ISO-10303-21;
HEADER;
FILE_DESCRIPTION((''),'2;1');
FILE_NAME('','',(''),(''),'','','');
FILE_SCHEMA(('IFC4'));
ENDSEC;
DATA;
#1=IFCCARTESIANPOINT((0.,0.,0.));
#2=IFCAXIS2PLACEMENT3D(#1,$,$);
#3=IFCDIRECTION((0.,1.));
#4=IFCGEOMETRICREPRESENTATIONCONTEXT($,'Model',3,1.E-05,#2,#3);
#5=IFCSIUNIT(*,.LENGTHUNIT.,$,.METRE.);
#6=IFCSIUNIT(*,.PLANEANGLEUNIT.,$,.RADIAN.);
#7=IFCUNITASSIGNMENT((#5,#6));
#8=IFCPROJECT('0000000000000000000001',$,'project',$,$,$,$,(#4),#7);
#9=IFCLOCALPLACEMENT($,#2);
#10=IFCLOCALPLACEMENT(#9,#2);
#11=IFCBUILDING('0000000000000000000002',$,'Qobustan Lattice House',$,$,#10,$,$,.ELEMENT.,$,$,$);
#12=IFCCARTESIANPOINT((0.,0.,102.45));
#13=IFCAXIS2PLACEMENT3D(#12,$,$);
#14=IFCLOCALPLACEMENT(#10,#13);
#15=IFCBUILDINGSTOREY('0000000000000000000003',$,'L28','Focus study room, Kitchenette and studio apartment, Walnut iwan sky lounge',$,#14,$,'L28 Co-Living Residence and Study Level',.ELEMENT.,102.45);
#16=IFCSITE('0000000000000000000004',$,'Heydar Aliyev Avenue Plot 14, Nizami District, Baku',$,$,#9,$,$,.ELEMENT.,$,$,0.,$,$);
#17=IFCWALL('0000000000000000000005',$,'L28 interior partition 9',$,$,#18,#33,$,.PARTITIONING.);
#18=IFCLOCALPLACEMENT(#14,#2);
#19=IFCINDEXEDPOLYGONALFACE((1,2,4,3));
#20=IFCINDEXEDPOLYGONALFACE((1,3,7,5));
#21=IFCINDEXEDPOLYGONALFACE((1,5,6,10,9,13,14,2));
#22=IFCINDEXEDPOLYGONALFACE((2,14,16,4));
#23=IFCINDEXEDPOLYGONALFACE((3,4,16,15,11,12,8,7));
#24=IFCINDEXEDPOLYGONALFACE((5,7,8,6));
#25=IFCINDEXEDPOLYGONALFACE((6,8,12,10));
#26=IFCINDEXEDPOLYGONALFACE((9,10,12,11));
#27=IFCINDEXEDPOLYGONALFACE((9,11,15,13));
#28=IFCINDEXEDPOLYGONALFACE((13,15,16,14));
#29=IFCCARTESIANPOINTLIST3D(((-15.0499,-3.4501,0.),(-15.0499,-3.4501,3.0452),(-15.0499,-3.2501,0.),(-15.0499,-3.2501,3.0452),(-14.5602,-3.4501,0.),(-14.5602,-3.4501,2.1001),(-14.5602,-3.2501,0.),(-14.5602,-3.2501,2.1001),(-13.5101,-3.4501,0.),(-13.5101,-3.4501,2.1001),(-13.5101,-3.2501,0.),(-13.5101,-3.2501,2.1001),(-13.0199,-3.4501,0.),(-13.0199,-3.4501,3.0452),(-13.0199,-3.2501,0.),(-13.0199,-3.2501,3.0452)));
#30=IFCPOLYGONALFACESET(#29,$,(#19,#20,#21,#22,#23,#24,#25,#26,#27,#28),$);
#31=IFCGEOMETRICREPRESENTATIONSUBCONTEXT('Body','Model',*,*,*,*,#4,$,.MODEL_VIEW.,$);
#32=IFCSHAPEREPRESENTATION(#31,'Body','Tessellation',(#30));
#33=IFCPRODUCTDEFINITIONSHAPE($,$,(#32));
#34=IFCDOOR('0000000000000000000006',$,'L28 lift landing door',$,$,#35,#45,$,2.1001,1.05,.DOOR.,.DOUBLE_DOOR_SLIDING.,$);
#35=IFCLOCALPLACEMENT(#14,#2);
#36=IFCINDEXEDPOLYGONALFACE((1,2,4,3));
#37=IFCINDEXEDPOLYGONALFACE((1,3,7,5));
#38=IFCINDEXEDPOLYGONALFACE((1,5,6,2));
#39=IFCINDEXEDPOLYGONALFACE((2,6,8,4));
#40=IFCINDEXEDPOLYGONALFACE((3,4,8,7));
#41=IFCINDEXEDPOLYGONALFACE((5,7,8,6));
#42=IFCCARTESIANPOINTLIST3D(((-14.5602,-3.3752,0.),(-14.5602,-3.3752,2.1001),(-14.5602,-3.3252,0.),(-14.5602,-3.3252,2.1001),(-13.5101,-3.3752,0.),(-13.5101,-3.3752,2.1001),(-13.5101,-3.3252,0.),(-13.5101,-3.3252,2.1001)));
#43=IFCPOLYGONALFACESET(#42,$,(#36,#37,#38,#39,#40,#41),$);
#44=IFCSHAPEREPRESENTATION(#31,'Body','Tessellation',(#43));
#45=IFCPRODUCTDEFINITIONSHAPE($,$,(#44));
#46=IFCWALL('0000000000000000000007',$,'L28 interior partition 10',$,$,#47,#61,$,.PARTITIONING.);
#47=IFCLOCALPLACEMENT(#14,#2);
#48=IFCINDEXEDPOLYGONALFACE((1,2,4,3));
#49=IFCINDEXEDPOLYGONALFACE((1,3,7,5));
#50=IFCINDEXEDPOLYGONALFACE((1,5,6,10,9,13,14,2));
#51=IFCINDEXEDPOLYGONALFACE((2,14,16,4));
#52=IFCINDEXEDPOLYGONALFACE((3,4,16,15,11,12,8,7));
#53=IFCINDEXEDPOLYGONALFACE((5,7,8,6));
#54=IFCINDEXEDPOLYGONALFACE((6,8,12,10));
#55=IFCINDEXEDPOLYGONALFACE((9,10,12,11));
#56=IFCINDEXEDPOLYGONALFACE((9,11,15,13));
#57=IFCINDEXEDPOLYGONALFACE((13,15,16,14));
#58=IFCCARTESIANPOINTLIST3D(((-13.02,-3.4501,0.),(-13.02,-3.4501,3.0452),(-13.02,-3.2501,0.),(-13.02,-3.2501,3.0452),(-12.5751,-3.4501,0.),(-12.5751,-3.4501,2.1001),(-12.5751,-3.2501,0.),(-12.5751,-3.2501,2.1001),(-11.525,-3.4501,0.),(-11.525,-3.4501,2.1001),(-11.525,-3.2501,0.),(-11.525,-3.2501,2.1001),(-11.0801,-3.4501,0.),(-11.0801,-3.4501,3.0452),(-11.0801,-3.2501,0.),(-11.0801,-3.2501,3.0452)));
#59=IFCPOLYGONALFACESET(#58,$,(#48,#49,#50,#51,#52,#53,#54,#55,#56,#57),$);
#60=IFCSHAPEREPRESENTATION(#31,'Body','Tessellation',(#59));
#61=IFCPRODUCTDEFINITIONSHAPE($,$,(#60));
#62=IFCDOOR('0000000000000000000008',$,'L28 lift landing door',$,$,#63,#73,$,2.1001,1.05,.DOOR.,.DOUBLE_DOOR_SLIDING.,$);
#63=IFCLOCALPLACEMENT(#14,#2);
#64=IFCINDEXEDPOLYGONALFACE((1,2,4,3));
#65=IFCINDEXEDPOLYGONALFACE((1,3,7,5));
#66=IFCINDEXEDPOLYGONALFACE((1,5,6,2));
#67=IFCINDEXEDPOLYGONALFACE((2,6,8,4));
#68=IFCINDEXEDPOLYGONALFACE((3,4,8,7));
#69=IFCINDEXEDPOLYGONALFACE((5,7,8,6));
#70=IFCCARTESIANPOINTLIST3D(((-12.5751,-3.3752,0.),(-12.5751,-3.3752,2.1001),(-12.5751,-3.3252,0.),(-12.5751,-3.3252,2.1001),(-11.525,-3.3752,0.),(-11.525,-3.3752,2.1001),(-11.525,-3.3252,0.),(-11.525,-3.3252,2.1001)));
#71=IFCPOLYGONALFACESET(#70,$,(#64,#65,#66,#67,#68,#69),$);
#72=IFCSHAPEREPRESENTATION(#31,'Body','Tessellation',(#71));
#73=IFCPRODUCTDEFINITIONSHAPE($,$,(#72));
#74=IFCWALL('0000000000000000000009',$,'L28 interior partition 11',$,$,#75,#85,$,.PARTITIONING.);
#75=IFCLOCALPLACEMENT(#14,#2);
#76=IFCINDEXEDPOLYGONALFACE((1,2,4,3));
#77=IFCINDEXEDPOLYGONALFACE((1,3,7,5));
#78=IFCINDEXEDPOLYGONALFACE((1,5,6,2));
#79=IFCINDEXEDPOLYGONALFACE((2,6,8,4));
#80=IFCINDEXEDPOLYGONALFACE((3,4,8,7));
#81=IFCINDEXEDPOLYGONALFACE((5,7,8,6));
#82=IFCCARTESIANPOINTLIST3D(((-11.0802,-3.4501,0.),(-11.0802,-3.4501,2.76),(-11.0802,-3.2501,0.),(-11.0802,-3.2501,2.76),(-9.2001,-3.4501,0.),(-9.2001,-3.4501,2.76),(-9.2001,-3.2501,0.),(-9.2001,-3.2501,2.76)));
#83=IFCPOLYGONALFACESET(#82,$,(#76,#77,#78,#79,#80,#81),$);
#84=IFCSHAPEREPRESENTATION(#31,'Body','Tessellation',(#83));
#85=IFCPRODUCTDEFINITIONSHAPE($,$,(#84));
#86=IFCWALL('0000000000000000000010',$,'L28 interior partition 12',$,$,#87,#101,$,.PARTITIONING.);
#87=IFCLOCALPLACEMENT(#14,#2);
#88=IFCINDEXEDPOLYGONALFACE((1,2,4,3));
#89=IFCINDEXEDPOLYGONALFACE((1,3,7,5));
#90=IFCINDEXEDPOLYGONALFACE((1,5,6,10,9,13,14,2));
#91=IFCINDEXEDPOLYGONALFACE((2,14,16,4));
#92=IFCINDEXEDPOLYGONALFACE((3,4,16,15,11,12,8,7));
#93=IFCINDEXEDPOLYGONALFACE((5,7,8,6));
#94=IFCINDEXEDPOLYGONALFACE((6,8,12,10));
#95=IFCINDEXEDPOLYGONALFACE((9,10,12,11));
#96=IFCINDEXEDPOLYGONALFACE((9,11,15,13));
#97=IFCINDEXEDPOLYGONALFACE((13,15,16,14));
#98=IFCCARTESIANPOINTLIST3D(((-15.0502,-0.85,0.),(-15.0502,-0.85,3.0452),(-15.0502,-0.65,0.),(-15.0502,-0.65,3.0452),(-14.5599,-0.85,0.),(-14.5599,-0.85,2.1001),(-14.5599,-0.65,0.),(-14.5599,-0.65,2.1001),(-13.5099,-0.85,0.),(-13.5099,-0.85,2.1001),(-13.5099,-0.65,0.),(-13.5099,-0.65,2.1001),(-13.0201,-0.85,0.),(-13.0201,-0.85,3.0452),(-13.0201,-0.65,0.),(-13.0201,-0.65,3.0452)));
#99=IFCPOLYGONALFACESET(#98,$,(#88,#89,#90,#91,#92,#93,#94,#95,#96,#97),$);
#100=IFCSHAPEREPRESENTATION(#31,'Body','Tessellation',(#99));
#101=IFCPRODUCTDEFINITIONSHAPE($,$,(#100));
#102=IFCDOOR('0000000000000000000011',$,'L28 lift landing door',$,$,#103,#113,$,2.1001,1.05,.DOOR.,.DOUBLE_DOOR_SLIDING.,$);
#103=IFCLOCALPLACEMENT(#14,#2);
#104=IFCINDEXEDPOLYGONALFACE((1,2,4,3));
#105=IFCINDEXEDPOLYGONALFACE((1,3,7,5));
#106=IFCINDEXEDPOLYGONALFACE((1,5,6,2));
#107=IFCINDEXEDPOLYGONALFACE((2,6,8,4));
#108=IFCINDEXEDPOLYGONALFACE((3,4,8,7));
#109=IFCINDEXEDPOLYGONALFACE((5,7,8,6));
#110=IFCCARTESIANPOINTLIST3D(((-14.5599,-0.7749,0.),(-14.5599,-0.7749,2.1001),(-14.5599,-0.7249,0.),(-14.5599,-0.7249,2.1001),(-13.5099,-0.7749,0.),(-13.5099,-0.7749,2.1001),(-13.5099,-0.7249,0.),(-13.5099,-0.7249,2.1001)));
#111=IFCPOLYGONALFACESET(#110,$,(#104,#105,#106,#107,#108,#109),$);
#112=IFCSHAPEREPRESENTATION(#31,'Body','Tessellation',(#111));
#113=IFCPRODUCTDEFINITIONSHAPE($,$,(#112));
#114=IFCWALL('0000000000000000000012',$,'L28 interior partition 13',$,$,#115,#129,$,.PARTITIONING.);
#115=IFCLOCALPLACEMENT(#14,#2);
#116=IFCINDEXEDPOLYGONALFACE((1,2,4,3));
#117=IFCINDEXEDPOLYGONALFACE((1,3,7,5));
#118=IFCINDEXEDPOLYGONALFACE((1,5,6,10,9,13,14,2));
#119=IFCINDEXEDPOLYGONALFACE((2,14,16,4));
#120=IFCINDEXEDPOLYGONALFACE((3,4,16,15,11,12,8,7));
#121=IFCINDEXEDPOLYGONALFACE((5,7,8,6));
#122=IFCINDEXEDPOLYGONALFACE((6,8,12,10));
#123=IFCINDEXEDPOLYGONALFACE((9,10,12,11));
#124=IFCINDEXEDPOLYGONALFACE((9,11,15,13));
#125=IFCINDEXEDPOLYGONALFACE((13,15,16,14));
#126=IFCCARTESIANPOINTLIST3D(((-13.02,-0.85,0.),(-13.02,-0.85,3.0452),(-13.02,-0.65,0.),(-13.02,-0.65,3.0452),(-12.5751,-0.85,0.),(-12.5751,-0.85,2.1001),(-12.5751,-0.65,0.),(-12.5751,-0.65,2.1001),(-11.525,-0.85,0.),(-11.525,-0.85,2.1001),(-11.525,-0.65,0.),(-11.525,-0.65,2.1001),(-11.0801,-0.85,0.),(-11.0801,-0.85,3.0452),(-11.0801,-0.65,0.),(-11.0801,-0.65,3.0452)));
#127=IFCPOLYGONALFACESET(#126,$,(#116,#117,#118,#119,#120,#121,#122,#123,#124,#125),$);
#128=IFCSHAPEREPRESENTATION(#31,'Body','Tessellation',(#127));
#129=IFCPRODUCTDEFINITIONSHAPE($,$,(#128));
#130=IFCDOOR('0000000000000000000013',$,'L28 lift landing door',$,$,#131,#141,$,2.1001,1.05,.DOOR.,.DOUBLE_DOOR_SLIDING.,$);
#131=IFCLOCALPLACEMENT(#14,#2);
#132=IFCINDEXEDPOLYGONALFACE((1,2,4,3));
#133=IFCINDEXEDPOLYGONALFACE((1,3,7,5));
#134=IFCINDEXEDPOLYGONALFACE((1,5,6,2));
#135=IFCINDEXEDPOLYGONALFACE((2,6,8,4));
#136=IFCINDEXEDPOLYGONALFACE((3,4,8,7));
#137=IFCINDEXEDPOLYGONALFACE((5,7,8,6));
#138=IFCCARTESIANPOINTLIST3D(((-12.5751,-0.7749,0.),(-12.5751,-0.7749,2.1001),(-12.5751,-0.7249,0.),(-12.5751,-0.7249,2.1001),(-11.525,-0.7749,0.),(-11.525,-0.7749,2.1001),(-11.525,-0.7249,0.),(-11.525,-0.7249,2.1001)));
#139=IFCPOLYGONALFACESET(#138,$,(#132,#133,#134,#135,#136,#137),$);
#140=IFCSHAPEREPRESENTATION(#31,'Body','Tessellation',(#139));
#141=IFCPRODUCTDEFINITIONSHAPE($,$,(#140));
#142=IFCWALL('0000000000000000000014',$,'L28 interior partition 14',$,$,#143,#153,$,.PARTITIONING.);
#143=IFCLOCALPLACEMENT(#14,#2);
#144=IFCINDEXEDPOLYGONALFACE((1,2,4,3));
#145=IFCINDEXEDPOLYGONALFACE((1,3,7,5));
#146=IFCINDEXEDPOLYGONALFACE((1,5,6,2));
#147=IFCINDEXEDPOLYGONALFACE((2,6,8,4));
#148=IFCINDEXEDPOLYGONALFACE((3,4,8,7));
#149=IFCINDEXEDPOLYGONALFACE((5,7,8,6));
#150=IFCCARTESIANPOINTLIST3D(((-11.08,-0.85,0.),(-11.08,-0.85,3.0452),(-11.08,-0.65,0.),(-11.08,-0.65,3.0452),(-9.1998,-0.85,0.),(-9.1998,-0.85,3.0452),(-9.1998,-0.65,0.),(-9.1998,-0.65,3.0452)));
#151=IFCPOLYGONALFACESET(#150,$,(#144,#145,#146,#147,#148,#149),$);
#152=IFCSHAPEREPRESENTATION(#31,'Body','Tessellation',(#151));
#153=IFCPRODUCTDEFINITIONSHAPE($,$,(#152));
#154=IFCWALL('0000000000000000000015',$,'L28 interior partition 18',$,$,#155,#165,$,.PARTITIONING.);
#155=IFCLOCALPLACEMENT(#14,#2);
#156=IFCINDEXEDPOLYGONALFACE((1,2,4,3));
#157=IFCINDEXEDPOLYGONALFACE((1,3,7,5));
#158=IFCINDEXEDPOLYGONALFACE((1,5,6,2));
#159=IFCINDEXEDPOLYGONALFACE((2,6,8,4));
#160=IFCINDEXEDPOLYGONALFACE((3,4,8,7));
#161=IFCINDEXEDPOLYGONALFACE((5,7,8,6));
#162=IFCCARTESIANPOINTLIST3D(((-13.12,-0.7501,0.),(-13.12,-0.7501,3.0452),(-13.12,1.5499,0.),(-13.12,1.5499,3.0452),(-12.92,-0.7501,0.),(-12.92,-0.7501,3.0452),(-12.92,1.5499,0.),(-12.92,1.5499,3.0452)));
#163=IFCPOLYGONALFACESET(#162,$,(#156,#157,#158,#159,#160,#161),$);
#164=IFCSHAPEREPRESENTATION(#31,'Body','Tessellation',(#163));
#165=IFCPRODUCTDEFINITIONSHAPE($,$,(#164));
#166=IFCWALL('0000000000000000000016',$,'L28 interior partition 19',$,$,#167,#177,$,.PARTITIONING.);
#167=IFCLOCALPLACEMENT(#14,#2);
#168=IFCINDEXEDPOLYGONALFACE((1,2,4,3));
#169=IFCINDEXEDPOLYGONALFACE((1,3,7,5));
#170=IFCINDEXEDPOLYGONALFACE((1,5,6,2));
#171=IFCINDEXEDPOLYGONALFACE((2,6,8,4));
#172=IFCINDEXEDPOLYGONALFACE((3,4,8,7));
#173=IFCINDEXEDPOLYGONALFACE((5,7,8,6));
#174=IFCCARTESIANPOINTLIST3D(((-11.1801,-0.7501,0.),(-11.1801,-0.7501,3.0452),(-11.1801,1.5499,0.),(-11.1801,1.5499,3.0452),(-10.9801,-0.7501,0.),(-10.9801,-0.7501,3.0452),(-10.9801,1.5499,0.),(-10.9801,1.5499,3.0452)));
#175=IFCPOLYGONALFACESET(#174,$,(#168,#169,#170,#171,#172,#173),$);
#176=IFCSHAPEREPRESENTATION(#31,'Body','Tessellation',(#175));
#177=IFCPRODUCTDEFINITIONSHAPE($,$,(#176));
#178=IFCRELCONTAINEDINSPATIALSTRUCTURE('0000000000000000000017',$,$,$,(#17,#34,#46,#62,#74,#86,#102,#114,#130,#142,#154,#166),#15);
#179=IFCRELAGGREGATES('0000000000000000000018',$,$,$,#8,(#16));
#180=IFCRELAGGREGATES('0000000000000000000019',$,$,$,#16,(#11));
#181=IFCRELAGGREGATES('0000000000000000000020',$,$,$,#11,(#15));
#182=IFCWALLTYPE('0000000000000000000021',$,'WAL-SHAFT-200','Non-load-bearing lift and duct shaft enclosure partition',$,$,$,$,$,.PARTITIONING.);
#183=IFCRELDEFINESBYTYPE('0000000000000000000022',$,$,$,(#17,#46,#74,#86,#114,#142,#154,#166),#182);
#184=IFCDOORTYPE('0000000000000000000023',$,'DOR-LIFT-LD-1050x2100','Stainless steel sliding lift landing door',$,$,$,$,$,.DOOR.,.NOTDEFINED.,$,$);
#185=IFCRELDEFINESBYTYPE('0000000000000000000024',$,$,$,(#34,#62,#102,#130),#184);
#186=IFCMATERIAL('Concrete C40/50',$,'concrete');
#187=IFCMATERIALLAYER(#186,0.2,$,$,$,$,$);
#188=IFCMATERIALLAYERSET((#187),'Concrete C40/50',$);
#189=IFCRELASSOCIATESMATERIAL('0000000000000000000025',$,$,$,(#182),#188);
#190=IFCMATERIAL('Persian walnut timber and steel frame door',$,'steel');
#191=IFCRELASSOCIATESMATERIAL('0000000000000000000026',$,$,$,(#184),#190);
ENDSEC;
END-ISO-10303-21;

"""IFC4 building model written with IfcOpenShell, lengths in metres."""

from ifc_helpers import new_model, si_unit, direction, frame, frame_2d, origin, place, context, subcontext, project, spatial, rectangle, extrude, material, layer, layer_set, type_object, element, fill, save


model = new_model("IFC4")

# Units and contexts
model_context = context("Model", 3, precision=1e-05, world=origin(), true_north=direction((0.0, 1.0)))
body_context = subcontext(model_context, "Body", "Model", "MODEL_VIEW")
ifc_project = project(units=[si_unit("LENGTHUNIT", "METRE"), si_unit("PLANEANGLEUNIT", "RADIAN")], contexts=[model_context])

# Site, building, storey
site_placement = place(None, origin())
site = spatial("IfcSite", under=ifc_project, at=site_placement, Name="Heydar Aliyev Avenue Plot 14, Nizami District, Baku", CompositionType="ELEMENT", RefElevation=0.0)
building_placement = place(site_placement, origin())
building = spatial("IfcBuilding", under=site, at=building_placement, Name="Qobustan Lattice House", CompositionType="ELEMENT")
storey_placement = place(building_placement, frame((0.0, 0.0, 102.45)))
storey = spatial("IfcBuildingStorey", under=building, at=storey_placement, Name="L28", Description="Focus study room, Kitchenette and studio apartment, Walnut iwan sky lounge", LongName="L28 Co-Living Residence and Study Level", CompositionType="ELEMENT", Elevation=102.45)

# Walls, openings, doors
ifc_material_1 = material(Name="Concrete C40/50", Category="concrete")
ifc_layer_1 = layer(ifc_material_1, 0.2)
ifc_layer_set_1 = layer_set([ifc_layer_1], Name="Concrete C40/50")
wall_type_1 = type_object("IfcWallType", Name="WAL-SHAFT-200", Description="Non-load-bearing lift and duct shaft enclosure partition", PredefinedType="PARTITIONING", material=ifc_layer_set_1)
wall_1_placement = place(storey_placement, frame((-15.05, -3.3501, 0.0), z_axis=(0.0, 0.0, 1.0), x_axis=(1.0, 0.0, 0.0)))
wall_1 = element("IfcWall", 1, at=wall_1_placement, inside=storey, type_object=wall_type_1, Name="L28 interior partition 9", PredefinedType="PARTITIONING", context=body_context, shape_type="SweptSolid", body=[
    extrude(rectangle(XDim=2.03, YDim=0.2, at=frame_2d((1.0151, 0.0))), origin(), (0.0, 0.0, 1.0), 3.0452),
])
opening_1_placement = place(wall_1_placement, frame((0.49, 0.0, 0.0)))
opening_1 = element("IfcOpeningElement", 2, at=opening_1_placement, cuts=wall_1, PredefinedType="OPENING", context=body_context, shape_type="SweptSolid", body=[
    extrude(rectangle(XDim=1.05, YDim=2.1001, at=frame_2d((0.5249, 1.05))), frame((0.0, 0.1099, 0.0), z_axis=(0.0, -1.0, 0.0), x_axis=(1.0, 0.0, 0.0)), (0.0, 0.0, 1.0), 0.22),
])
ifc_material_2 = material(Name="Persian walnut timber and steel frame door", Category="steel")
door_type_1 = type_object("IfcDoorType", Name="DOR-LIFT-LD-1050x2100", Description="Stainless steel sliding lift landing door", OperationType="NOTDEFINED", PredefinedType="DOOR", material=ifc_material_2)
door_1_placement = place(opening_1_placement, origin())
door_1 = element("IfcDoor", 3, at=door_1_placement, inside=storey, type_object=door_type_1, Name="L28 lift landing door", OperationType="DOUBLE_DOOR_SLIDING", OverallHeight=2.1001, OverallWidth=1.05, PredefinedType="DOOR", context=body_context, shape_type="SweptSolid", body=[
    extrude(rectangle(XDim=1.05, YDim=2.1001, at=frame_2d((0.5249, 1.05))), frame((0.0, 0.0249, 0.0), z_axis=(0.0, -1.0, 0.0), x_axis=(1.0, 0.0, 0.0)), (0.0, 0.0, 1.0), 0.05),
])
fill(opening_1, door_1)
wall_2_placement = place(storey_placement, frame((-13.02, -3.3501, 0.0), z_axis=(0.0, 0.0, 1.0), x_axis=(1.0, 0.0, 0.0)))
wall_2 = element("IfcWall", 4, at=wall_2_placement, inside=storey, type_object=wall_type_1, Name="L28 interior partition 10", PredefinedType="PARTITIONING", context=body_context, shape_type="SweptSolid", body=[
    extrude(rectangle(XDim=1.9399, YDim=0.2, at=frame_2d((0.97, 0.0))), origin(), (0.0, 0.0, 1.0), 3.0452),
])
opening_2_placement = place(wall_2_placement, frame((0.4451, 0.0, 0.0)))
opening_2 = element("IfcOpeningElement", 5, at=opening_2_placement, cuts=wall_2, PredefinedType="OPENING", context=body_context, shape_type="SweptSolid", body=[
    extrude(rectangle(XDim=1.05, YDim=2.1001, at=frame_2d((0.5249, 1.05))), frame((0.0, 0.1099, 0.0), z_axis=(0.0, -1.0, 0.0), x_axis=(1.0, 0.0, 0.0)), (0.0, 0.0, 1.0), 0.22),
])
door_2_placement = place(opening_2_placement, origin())
door_2 = element("IfcDoor", 6, at=door_2_placement, inside=storey, type_object=door_type_1, Name="L28 lift landing door", OperationType="DOUBLE_DOOR_SLIDING", OverallHeight=2.1001, OverallWidth=1.05, PredefinedType="DOOR", context=body_context, shape_type="SweptSolid", body=[
    extrude(rectangle(XDim=1.05, YDim=2.1001, at=frame_2d((0.5249, 1.05))), frame((0.0, 0.0249, 0.0), z_axis=(0.0, -1.0, 0.0), x_axis=(1.0, 0.0, 0.0)), (0.0, 0.0, 1.0), 0.05),
])
fill(opening_2, door_2)

# Wall
wall_3_placement = place(storey_placement, frame((-11.0801, -3.3501, 0.0), z_axis=(0.0, 0.0, 1.0), x_axis=(1.0, 0.0, 0.0)))
element("IfcWall", 7, at=wall_3_placement, inside=storey, type_object=wall_type_1, Name="L28 interior partition 11", PredefinedType="PARTITIONING", context=body_context, shape_type="SweptSolid", body=[
    extrude(rectangle(XDim=1.8801, YDim=0.2, at=frame_2d((0.9399, 0.0))), origin(), (0.0, 0.0, 1.0), 2.76),
])

# Walls, openings, doors
wall_4_placement = place(storey_placement, frame((-13.02, -0.75, 0.0), z_axis=(0.0, 0.0, 1.0), x_axis=(-1.0, 0.0, 0.0)))
wall_4 = element("IfcWall", 8, at=wall_4_placement, inside=storey, type_object=wall_type_1, Name="L28 interior partition 12", PredefinedType="PARTITIONING", context=body_context, shape_type="SweptSolid", body=[
    extrude(rectangle(XDim=2.03, YDim=0.2, at=frame_2d((1.0151, 0.0))), origin(), (0.0, 0.0, 1.0), 3.0452),
])
opening_3_placement = place(wall_4_placement, frame((0.49, 0.0, 0.0)))
opening_3 = element("IfcOpeningElement", 9, at=opening_3_placement, cuts=wall_4, PredefinedType="OPENING", context=body_context, shape_type="SweptSolid", body=[
    extrude(rectangle(XDim=1.05, YDim=2.1001, at=frame_2d((0.5249, 1.05))), frame((0.0, 0.1099, 0.0), z_axis=(0.0, -1.0, 0.0), x_axis=(1.0, 0.0, 0.0)), (0.0, 0.0, 1.0), 0.22),
])
door_3_placement = place(opening_3_placement, origin())
door_3 = element("IfcDoor", 10, at=door_3_placement, inside=storey, type_object=door_type_1, Name="L28 lift landing door", OperationType="DOUBLE_DOOR_SLIDING", OverallHeight=2.1001, OverallWidth=1.05, PredefinedType="DOOR", context=body_context, shape_type="SweptSolid", body=[
    extrude(rectangle(XDim=1.05, YDim=2.1001, at=frame_2d((0.5249, 1.05))), frame((0.0, 0.0249, 0.0), z_axis=(0.0, -1.0, 0.0), x_axis=(1.0, 0.0, 0.0)), (0.0, 0.0, 1.0), 0.05),
])
fill(opening_3, door_3)
wall_5_placement = place(storey_placement, frame((-11.0801, -0.75, 0.0), z_axis=(0.0, 0.0, 1.0), x_axis=(-1.0, 0.0, 0.0)))
wall_5 = element("IfcWall", 11, at=wall_5_placement, inside=storey, type_object=wall_type_1, Name="L28 interior partition 13", PredefinedType="PARTITIONING", context=body_context, shape_type="SweptSolid", body=[
    extrude(rectangle(XDim=1.9399, YDim=0.2, at=frame_2d((0.97, 0.0))), origin(), (0.0, 0.0, 1.0), 3.0452),
])
opening_4_placement = place(wall_5_placement, frame((0.4451, 0.0, 0.0)))
opening_4 = element("IfcOpeningElement", 12, at=opening_4_placement, cuts=wall_5, PredefinedType="OPENING", context=body_context, shape_type="SweptSolid", body=[
    extrude(rectangle(XDim=1.05, YDim=2.1001, at=frame_2d((0.5249, 1.05))), frame((0.0, 0.1099, 0.0), z_axis=(0.0, -1.0, 0.0), x_axis=(1.0, 0.0, 0.0)), (0.0, 0.0, 1.0), 0.22),
])
door_4_placement = place(opening_4_placement, origin())
door_4 = element("IfcDoor", 13, at=door_4_placement, inside=storey, type_object=door_type_1, Name="L28 lift landing door", OperationType="DOUBLE_DOOR_SLIDING", OverallHeight=2.1001, OverallWidth=1.05, PredefinedType="DOOR", context=body_context, shape_type="SweptSolid", body=[
    extrude(rectangle(XDim=1.05, YDim=2.1001, at=frame_2d((0.5249, 1.05))), frame((0.0, 0.0249, 0.0), z_axis=(0.0, -1.0, 0.0), x_axis=(1.0, 0.0, 0.0)), (0.0, 0.0, 1.0), 0.05),
])
fill(opening_4, door_4)

# Walls
wall_6_placement = place(storey_placement, frame((-9.2, -0.75, 0.0), z_axis=(0.0, 0.0, 1.0), x_axis=(-1.0, 0.0, 0.0)))
element("IfcWall", 14, at=wall_6_placement, inside=storey, type_object=wall_type_1, Name="L28 interior partition 14", PredefinedType="PARTITIONING", context=body_context, shape_type="SweptSolid", body=[
    extrude(rectangle(XDim=1.8801, YDim=0.2, at=frame_2d((0.9399, 0.0))), origin(), (0.0, 0.0, 1.0), 3.0452),
])
for number, where, z_axis, x_axis, name in (
    (15, (-13.02, -0.75, 0.0), (0.0, 0.0, 1.0), (0.0, 1.0, 0.0), "L28 interior partition 18"),
    (16, (-11.0801, -0.75, 0.0), (0.0, 0.0, 1.0), (0.0, 1.0, 0.0), "L28 interior partition 19"),
):
    element("IfcWall", number, at=place(storey_placement, frame(where, z_axis=z_axis, x_axis=x_axis)), inside=storey, type_object=wall_type_1, Name=name, PredefinedType="PARTITIONING", context=body_context, shape_type="SweptSolid", body=[
        extrude(rectangle(XDim=2.3, YDim=0.2, at=frame_2d((1.1499, 0.0))), origin(), (0.0, 0.0, 1.0), 3.0452),
    ])

save(model, "model.ifc")
